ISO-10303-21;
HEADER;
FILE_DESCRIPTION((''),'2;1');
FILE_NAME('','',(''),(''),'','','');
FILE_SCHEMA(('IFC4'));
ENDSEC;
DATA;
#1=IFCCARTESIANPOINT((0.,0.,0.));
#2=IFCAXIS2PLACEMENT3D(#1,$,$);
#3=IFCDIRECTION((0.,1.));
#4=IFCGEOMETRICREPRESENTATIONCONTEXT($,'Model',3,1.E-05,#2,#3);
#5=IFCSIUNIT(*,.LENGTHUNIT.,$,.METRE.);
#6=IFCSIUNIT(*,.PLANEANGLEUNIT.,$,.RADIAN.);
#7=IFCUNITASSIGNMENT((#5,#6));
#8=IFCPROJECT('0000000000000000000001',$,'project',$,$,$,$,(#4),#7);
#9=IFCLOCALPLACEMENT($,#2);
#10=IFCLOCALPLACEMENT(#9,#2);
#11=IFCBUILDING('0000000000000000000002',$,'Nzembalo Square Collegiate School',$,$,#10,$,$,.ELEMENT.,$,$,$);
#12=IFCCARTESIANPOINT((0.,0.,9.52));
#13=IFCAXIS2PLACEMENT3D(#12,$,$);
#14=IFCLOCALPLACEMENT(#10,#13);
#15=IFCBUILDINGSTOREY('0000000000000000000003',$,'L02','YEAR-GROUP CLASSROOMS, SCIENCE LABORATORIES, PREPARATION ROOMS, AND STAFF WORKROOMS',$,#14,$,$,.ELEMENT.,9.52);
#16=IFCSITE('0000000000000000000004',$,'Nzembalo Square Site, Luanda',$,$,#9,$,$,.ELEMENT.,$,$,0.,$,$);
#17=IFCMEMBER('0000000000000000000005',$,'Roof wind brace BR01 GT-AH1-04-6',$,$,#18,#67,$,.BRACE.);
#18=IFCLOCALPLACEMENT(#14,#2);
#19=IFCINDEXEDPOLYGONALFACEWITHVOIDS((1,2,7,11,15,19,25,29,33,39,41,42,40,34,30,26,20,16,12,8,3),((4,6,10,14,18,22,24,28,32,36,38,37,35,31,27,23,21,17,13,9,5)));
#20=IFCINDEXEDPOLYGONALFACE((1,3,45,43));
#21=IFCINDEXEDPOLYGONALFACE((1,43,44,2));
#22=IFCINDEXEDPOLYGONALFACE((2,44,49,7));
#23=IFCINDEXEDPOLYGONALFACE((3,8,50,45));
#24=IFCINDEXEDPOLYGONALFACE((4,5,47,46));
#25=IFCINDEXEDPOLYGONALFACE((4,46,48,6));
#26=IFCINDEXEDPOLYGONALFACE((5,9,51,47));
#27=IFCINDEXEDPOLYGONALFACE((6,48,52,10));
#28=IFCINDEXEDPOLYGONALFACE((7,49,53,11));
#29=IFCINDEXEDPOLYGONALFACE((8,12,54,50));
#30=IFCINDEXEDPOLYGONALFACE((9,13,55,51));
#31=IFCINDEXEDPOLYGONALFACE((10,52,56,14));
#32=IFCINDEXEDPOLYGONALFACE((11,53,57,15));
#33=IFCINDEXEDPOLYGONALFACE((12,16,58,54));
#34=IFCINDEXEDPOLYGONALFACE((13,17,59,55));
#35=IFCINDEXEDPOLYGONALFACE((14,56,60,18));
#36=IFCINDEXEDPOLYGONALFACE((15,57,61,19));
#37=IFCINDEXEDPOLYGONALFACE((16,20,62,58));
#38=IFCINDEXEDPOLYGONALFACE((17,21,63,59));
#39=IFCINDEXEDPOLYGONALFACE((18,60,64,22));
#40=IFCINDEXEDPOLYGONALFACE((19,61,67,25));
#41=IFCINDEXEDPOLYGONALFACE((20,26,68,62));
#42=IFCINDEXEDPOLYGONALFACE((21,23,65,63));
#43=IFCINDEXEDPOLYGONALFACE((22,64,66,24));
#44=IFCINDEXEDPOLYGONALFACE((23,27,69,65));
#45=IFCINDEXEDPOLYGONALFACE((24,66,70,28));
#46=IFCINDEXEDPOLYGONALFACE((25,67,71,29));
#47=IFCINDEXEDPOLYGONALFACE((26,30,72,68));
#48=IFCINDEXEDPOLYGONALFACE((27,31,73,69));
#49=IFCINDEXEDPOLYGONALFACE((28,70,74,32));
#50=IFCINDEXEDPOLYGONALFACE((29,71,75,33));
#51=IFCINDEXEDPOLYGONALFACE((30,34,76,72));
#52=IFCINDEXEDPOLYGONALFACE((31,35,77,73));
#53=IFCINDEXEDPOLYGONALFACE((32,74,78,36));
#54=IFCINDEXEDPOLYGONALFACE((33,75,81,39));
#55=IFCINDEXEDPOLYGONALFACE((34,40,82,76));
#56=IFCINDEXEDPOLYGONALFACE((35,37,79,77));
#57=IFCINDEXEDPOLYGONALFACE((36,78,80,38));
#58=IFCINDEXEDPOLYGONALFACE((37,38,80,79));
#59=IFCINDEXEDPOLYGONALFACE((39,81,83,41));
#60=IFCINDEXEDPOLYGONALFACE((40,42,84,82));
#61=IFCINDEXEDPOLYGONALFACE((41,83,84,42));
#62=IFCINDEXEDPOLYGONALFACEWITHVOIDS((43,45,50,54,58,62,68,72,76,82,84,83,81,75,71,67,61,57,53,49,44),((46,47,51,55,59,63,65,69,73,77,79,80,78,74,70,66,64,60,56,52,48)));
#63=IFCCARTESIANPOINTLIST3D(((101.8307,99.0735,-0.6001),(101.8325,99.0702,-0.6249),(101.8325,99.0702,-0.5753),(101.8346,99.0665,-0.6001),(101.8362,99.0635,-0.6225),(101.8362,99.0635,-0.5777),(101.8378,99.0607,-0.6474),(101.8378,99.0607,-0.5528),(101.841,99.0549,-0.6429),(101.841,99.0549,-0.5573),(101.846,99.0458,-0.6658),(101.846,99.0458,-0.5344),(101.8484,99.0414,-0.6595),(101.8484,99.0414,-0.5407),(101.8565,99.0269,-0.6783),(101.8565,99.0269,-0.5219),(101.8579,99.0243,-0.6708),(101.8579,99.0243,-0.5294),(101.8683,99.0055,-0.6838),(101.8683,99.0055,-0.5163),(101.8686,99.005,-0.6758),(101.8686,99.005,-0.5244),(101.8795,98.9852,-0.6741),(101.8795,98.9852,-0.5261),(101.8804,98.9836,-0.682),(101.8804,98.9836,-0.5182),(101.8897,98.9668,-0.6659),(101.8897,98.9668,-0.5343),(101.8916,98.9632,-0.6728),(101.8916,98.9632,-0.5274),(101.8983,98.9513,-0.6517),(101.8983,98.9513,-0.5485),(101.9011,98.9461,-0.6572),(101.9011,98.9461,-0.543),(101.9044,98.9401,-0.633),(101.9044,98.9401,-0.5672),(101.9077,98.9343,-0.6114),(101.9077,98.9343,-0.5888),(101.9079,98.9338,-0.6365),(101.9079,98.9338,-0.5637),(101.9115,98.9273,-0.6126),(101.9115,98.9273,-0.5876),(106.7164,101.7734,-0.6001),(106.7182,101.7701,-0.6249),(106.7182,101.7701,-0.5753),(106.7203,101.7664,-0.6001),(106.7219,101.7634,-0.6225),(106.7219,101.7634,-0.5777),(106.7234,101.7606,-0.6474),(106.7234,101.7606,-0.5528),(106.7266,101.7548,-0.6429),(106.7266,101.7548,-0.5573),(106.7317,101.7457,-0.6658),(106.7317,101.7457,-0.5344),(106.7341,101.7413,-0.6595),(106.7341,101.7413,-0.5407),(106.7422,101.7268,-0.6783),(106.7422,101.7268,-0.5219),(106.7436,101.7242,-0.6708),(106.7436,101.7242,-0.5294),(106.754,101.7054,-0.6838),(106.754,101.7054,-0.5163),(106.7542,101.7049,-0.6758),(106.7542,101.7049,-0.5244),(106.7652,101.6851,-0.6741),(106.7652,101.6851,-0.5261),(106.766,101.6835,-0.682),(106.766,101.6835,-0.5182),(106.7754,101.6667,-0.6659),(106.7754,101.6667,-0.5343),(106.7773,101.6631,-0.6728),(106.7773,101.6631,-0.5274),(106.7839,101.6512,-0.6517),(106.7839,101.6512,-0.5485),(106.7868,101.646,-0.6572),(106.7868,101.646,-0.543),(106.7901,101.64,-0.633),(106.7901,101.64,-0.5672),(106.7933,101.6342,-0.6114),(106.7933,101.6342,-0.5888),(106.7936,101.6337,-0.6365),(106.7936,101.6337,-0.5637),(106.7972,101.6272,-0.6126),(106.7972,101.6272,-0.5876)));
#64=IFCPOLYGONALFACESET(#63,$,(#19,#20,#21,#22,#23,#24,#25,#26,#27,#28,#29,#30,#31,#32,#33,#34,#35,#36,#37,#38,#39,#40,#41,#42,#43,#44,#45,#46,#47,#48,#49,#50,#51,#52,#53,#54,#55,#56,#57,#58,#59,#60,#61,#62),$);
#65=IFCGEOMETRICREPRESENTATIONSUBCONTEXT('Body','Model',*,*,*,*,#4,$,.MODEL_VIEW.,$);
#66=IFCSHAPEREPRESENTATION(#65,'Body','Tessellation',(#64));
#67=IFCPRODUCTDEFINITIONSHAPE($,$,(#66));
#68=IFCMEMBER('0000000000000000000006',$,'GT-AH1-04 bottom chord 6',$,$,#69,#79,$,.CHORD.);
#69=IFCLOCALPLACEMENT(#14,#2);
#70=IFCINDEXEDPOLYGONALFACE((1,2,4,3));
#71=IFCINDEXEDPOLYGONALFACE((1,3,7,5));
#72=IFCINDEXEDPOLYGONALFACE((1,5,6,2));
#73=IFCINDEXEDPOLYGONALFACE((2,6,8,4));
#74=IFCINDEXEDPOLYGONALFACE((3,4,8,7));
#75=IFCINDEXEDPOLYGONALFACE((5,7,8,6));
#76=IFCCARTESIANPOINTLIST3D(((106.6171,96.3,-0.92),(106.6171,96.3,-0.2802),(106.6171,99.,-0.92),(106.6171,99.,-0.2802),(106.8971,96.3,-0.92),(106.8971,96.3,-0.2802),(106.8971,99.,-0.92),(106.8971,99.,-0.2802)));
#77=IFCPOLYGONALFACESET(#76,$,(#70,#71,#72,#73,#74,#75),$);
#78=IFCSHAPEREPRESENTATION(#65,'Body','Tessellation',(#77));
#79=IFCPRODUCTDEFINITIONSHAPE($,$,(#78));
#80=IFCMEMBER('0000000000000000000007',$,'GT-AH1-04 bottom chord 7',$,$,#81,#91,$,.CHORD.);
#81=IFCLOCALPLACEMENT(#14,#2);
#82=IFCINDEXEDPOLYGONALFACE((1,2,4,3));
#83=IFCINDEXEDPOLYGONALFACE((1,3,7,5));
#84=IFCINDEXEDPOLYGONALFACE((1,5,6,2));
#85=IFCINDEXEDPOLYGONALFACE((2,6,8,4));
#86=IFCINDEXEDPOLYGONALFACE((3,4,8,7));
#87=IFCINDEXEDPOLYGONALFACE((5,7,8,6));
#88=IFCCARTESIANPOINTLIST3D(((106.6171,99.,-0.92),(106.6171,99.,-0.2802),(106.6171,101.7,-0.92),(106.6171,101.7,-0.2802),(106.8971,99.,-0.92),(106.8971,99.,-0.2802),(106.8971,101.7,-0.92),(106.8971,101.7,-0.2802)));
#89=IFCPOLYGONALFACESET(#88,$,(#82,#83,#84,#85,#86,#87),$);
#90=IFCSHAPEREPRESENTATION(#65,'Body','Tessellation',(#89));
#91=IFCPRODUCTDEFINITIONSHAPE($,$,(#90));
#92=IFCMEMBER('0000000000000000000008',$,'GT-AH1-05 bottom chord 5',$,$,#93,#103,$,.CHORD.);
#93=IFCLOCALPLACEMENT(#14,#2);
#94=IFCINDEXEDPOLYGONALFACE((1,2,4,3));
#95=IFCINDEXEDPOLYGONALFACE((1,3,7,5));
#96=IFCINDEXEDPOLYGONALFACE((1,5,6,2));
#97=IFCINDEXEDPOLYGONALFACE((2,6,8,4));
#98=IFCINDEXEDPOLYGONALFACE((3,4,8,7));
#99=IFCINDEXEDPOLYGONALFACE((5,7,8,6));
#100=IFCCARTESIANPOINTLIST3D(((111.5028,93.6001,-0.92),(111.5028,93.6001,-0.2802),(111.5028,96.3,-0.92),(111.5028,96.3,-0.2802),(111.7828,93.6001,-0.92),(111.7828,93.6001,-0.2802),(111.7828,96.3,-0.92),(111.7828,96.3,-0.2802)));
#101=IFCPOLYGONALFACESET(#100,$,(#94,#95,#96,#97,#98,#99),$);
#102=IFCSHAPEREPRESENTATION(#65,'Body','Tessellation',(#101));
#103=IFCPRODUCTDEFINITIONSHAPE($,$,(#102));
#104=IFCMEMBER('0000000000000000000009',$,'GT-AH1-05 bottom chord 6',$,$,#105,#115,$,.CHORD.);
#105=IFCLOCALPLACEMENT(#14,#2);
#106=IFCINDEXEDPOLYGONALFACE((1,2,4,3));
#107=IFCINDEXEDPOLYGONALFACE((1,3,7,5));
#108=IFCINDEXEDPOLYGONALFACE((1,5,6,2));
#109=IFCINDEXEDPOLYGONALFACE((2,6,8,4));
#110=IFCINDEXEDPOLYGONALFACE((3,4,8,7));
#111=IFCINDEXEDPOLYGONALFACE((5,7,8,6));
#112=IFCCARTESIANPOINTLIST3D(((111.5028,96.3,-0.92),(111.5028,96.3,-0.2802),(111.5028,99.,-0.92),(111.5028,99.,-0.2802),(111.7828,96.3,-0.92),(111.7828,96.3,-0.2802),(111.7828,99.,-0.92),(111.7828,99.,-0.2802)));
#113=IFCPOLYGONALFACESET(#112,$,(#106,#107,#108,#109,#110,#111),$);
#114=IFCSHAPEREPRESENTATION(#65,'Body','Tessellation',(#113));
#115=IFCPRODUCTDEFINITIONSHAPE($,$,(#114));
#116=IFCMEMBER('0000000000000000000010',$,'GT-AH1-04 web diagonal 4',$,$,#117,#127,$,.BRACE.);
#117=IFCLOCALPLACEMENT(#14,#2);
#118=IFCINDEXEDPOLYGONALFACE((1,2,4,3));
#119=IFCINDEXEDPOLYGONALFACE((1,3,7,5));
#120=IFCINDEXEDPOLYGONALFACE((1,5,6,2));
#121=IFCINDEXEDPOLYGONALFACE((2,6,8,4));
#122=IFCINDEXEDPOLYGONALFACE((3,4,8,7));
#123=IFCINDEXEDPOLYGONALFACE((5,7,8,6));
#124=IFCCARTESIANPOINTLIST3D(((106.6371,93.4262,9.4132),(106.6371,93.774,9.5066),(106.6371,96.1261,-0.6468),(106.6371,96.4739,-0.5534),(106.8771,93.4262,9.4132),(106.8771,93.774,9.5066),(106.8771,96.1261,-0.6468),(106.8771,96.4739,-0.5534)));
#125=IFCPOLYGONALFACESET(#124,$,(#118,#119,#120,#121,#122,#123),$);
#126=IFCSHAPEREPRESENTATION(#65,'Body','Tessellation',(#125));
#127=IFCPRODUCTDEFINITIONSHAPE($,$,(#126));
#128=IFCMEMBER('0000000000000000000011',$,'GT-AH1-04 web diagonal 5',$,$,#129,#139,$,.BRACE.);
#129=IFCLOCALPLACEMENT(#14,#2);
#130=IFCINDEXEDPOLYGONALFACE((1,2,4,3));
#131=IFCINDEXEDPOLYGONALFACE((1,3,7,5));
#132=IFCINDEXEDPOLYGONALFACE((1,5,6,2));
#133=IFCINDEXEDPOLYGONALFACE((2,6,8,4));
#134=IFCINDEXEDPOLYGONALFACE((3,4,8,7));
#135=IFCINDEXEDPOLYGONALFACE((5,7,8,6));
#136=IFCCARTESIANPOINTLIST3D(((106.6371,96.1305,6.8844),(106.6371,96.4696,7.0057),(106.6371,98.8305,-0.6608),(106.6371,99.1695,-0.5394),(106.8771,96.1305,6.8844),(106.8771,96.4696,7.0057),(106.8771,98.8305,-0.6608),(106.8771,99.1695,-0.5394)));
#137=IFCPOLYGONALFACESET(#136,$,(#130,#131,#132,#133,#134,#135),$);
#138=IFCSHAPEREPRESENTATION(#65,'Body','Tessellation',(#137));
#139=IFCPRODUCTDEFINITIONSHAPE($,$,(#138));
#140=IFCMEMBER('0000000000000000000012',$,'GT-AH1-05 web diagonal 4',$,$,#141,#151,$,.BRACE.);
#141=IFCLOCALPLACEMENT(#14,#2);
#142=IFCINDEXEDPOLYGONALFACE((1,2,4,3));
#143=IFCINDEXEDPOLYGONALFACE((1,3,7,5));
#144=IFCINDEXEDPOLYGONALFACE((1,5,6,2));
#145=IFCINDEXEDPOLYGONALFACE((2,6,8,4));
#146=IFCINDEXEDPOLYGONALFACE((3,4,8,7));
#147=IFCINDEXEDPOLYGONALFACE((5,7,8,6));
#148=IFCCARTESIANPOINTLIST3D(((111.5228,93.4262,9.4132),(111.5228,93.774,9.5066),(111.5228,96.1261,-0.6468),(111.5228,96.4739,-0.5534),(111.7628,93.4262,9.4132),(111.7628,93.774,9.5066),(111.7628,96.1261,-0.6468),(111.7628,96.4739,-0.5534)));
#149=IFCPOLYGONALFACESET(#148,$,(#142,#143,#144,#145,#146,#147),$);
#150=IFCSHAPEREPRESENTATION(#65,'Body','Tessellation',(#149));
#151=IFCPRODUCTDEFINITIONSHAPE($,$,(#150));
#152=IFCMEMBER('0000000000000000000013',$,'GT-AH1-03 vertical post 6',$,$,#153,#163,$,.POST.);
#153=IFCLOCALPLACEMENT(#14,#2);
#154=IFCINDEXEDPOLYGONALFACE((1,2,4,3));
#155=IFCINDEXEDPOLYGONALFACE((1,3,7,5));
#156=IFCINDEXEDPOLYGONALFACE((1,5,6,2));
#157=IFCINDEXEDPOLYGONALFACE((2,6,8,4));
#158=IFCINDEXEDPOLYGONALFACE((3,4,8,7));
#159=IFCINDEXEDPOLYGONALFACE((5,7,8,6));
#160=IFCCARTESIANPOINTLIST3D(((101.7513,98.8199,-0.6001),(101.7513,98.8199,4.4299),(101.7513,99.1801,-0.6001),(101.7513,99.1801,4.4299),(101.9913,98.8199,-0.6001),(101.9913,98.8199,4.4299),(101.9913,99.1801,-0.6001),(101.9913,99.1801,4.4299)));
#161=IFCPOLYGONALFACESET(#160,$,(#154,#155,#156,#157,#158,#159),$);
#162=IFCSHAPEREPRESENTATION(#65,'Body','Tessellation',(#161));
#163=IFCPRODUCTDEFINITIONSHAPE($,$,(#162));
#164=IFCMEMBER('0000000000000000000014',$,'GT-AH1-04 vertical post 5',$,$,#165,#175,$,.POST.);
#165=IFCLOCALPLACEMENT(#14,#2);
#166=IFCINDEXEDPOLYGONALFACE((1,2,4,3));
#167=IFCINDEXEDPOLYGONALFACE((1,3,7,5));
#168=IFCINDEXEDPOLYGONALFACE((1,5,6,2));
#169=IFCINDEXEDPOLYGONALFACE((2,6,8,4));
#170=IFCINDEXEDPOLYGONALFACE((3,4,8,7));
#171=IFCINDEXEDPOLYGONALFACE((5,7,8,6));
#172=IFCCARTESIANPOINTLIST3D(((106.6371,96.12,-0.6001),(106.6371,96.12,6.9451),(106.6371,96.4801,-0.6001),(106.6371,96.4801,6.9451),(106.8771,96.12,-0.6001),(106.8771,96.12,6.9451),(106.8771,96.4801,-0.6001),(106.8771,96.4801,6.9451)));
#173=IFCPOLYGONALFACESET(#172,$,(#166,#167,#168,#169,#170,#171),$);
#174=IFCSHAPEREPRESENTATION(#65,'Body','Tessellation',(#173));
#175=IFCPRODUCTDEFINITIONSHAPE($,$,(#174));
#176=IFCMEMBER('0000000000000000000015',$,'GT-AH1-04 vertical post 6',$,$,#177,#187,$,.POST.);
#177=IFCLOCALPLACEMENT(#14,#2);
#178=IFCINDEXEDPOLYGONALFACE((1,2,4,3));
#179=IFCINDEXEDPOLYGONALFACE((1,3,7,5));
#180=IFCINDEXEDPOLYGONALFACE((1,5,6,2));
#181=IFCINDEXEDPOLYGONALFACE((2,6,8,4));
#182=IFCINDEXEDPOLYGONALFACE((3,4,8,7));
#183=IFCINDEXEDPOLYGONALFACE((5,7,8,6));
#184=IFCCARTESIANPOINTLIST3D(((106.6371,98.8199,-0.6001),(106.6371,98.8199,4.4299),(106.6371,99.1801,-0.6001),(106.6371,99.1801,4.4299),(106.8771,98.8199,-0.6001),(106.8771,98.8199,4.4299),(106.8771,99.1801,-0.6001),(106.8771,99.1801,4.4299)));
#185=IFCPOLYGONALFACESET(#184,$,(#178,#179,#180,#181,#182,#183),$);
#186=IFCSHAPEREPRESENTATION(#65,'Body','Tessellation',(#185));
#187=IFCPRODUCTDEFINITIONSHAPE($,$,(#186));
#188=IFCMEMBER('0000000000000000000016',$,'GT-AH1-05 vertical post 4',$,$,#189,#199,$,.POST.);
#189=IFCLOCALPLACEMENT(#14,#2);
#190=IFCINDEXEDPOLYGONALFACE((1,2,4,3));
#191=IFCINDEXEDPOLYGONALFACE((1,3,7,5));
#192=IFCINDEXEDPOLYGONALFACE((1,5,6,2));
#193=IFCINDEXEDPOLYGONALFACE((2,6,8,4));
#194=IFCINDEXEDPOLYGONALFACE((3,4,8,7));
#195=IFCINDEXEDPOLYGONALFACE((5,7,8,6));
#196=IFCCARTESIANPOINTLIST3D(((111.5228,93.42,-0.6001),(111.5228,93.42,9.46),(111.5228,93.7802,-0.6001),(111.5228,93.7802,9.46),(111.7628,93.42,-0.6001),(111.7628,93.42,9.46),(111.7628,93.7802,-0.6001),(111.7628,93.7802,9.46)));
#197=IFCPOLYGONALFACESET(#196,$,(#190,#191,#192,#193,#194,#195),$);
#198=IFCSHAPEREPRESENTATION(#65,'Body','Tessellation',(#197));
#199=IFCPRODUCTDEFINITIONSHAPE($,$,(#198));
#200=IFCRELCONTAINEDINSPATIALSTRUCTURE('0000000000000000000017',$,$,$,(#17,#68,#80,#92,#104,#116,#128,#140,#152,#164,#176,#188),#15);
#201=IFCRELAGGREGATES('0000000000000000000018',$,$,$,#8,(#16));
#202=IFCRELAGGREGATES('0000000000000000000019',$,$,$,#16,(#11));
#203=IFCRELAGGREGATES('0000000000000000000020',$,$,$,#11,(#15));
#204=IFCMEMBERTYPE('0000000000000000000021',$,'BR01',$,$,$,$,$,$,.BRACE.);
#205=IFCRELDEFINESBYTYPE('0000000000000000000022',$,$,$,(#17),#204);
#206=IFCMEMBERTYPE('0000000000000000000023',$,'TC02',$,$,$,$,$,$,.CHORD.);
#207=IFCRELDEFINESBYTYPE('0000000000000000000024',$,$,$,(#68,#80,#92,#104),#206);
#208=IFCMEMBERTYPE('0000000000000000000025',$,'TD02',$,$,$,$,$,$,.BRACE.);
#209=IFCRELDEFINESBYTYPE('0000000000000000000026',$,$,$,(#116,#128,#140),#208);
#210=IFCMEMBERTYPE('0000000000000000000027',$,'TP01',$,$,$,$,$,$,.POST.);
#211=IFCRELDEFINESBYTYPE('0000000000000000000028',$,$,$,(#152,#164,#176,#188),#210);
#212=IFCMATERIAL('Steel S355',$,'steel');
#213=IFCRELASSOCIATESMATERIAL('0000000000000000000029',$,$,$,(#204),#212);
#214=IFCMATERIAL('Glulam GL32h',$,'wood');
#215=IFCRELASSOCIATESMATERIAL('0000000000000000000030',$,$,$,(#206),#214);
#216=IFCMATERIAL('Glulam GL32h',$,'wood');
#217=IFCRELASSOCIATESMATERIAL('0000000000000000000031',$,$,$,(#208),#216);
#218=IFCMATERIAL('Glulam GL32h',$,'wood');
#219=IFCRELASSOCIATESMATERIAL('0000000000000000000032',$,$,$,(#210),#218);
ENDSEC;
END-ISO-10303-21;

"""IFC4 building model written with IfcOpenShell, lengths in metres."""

from ifc_helpers import new_model, si_unit, direction, frame, origin, origin_2d, place, context, subcontext, project, spatial, rectangle, hollow_circle, extrude, material, material_profile, profile_set, type_object, element, save


model = new_model("IFC4")

# Units and contexts
model_context = context("Model", 3, precision=1e-05, world=origin(), true_north=direction((0.0, 1.0)))
body_context = subcontext(model_context, "Body", "Model", "MODEL_VIEW")
ifc_project = project(units=[si_unit("LENGTHUNIT", "METRE"), si_unit("PLANEANGLEUNIT", "RADIAN")], contexts=[model_context])

# Site, building, storey
site_placement = place(None, origin())
site = spatial("IfcSite", under=ifc_project, at=site_placement, Name="Nzembalo Square Site, Luanda", CompositionType="ELEMENT", RefElevation=0.0)
building_placement = place(site_placement, origin())
building = spatial("IfcBuilding", under=site, at=building_placement, Name="Nzembalo Square Collegiate School", CompositionType="ELEMENT")
storey_placement = place(building_placement, frame((0.0, 0.0, 9.52)))
storey = spatial("IfcBuildingStorey", under=building, at=storey_placement, Name="L02", Description="YEAR-GROUP CLASSROOMS, SCIENCE LABORATORIES, PREPARATION ROOMS, AND STAFF WORKROOMS", CompositionType="ELEMENT", Elevation=9.52)

# Members
ifc_material_1 = material(Name="Steel S355", Category="steel")
ifc_material_profile_1 = material_profile(ifc_material_1, hollow_circle(Radius=0.084, WallThickness=0.0081, at=origin_2d()), Name="CHS 168x8")
ifc_profile_set_1 = profile_set([ifc_material_profile_1], Name="Steel S355")
member_type_1 = type_object("IfcMemberType", Name="BR01", PredefinedType="BRACE", material=ifc_profile_set_1)
member_1_placement = place(storey_placement, frame((101.8713, 99.0, -0.6001), z_axis=(0.875246, 0.483677, 0.0), x_axis=(-0.483677, 0.875246, 0.0)))
element("IfcMember", 1, at=member_1_placement, inside=storey, type_object=member_type_1, Name="Roof wind brace BR01 GT-AH1-04-6", PredefinedType="BRACE", context=body_context, shape_type="SweptSolid", body=[
    extrude(hollow_circle(Radius=0.084, WallThickness=0.0081, at=origin_2d()), origin(), (0.0, 0.0, 1.0), 5.582),
])
ifc_material_2 = material(Name="Glulam GL32h", Category="wood")
ifc_material_profile_2 = material_profile(ifc_material_2, rectangle(XDim=0.28, YDim=0.6399, at=origin_2d()), Name="GL32h 280x640")
ifc_profile_set_2 = profile_set([ifc_material_profile_2], Name="Glulam GL32h")
member_type_2 = type_object("IfcMemberType", Name="TC02", PredefinedType="CHORD", material=ifc_profile_set_2)
for number, where, z_axis, x_axis, name in (
    (2, (106.7571, 96.3, -0.6001), (0.0, 1.0, 0.0), (-1.0, 0.0, 0.0), "GT-AH1-04 bottom chord 6"),
    (3, (106.7571, 99.0, -0.6001), (0.0, 1.0, 0.0), (-1.0, 0.0, 0.0), "GT-AH1-04 bottom chord 7"),
    (4, (111.6428, 93.6001, -0.6001), (0.0, 1.0, 0.0), (-1.0, 0.0, 0.0), "GT-AH1-05 bottom chord 5"),
    (5, (111.6428, 96.3, -0.6001), (0.0, 1.0, 0.0), (-1.0, 0.0, 0.0), "GT-AH1-05 bottom chord 6"),
):
    element("IfcMember", number, at=place(storey_placement, frame(where, z_axis=z_axis, x_axis=x_axis)), inside=storey, type_object=member_type_2, Name=name, PredefinedType="CHORD", context=body_context, shape_type="SweptSolid", body=[
        extrude(rectangle(XDim=0.28, YDim=0.6399, at=origin_2d()), origin(), (0.0, 0.0, 1.0), 2.7),
    ])
ifc_material_3 = material(Name="Glulam GL32h", Category="wood")
ifc_material_profile_3 = material_profile(ifc_material_3, rectangle(XDim=0.24, YDim=0.3601, at=origin_2d()), Name="GL32h 240x360")
ifc_profile_set_3 = profile_set([ifc_material_profile_3], Name="Glulam GL32h")
member_type_3 = type_object("IfcMemberType", Name="TD02", PredefinedType="BRACE", material=ifc_profile_set_3)
member_2_placement = place(storey_placement, frame((106.7571, 96.3, -0.6001), z_axis=(0.0, -0.25921, 0.965821), x_axis=(1.0, 0.0, 0.0)))
element("IfcMember", 6, at=member_2_placement, inside=storey, type_object=member_type_3, Name="GT-AH1-04 web diagonal 4", PredefinedType="BRACE", context=body_context, shape_type="SweptSolid", body=[
    extrude(rectangle(XDim=0.24, YDim=0.3601, at=origin_2d()), origin(), (0.0, 0.0, 1.0), 10.416),
])
member_3_placement = place(storey_placement, frame((106.7571, 99.0, -0.6001), z_axis=(0.0, -0.336917, 0.941534), x_axis=(1.0, 0.0, 0.0)))
element("IfcMember", 7, at=member_3_placement, inside=storey, type_object=member_type_3, Name="GT-AH1-04 web diagonal 5", PredefinedType="BRACE", context=body_context, shape_type="SweptSolid", body=[
    extrude(rectangle(XDim=0.24, YDim=0.3601, at=origin_2d()), origin(), (0.0, 0.0, 1.0), 8.0137),
])
member_4_placement = place(storey_placement, frame((111.6428, 96.3, -0.6001), z_axis=(0.0, -0.25921, 0.965821), x_axis=(1.0, 0.0, 0.0)))
element("IfcMember", 8, at=member_4_placement, inside=storey, type_object=member_type_3, Name="GT-AH1-05 web diagonal 4", PredefinedType="BRACE", context=body_context, shape_type="SweptSolid", body=[
    extrude(rectangle(XDim=0.24, YDim=0.3601, at=origin_2d()), origin(), (0.0, 0.0, 1.0), 10.416),
])
ifc_material_4 = material(Name="Glulam GL32h", Category="wood")
ifc_material_profile_4 = material_profile(ifc_material_4, rectangle(XDim=0.24, YDim=0.3601, at=origin_2d()), Name="GL32h 240x360")
ifc_profile_set_4 = profile_set([ifc_material_profile_4], Name="Glulam GL32h")
member_type_4 = type_object("IfcMemberType", Name="TP01", PredefinedType="POST", material=ifc_profile_set_4)
member_5_placement = place(storey_placement, frame((101.8713, 99.0, -0.6001), z_axis=(0.0, 0.0, 1.0), x_axis=(1.0, 0.0, 0.0)))
element("IfcMember", 9, at=member_5_placement, inside=storey, type_object=member_type_4, Name="GT-AH1-03 vertical post 6", PredefinedType="POST", context=body_context, shape_type="SweptSolid", body=[
    extrude(rectangle(XDim=0.24, YDim=0.3601, at=origin_2d()), origin(), (0.0, 0.0, 1.0), 5.03),
])
member_6_placement = place(storey_placement, frame((106.7571, 96.3, -0.6001), z_axis=(0.0, 0.0, 1.0), x_axis=(1.0, 0.0, 0.0)))
element("IfcMember", 10, at=member_6_placement, inside=storey, type_object=member_type_4, Name="GT-AH1-04 vertical post 5", PredefinedType="POST", context=body_context, shape_type="SweptSolid", body=[
    extrude(rectangle(XDim=0.24, YDim=0.3601, at=origin_2d()), origin(), (0.0, 0.0, 1.0), 7.5452),
])
member_7_placement = place(storey_placement, frame((106.7571, 99.0, -0.6001), z_axis=(0.0, 0.0, 1.0), x_axis=(1.0, 0.0, 0.0)))
element("IfcMember", 11, at=member_7_placement, inside=storey, type_object=member_type_4, Name="GT-AH1-04 vertical post 6", PredefinedType="POST", context=body_context, shape_type="SweptSolid", body=[
    extrude(rectangle(XDim=0.24, YDim=0.3601, at=origin_2d()), origin(), (0.0, 0.0, 1.0), 5.03),
])
member_8_placement = place(storey_placement, frame((111.6428, 93.6001, -0.6001), z_axis=(0.0, 0.0, 1.0), x_axis=(1.0, 0.0, 0.0)))
element("IfcMember", 12, at=member_8_placement, inside=storey, type_object=member_type_4, Name="GT-AH1-05 vertical post 4", PredefinedType="POST", context=body_context, shape_type="SweptSolid", body=[
    extrude(rectangle(XDim=0.24, YDim=0.3601, at=origin_2d()), origin(), (0.0, 0.0, 1.0), 10.0601),
])

save(model, "model.ifc")
